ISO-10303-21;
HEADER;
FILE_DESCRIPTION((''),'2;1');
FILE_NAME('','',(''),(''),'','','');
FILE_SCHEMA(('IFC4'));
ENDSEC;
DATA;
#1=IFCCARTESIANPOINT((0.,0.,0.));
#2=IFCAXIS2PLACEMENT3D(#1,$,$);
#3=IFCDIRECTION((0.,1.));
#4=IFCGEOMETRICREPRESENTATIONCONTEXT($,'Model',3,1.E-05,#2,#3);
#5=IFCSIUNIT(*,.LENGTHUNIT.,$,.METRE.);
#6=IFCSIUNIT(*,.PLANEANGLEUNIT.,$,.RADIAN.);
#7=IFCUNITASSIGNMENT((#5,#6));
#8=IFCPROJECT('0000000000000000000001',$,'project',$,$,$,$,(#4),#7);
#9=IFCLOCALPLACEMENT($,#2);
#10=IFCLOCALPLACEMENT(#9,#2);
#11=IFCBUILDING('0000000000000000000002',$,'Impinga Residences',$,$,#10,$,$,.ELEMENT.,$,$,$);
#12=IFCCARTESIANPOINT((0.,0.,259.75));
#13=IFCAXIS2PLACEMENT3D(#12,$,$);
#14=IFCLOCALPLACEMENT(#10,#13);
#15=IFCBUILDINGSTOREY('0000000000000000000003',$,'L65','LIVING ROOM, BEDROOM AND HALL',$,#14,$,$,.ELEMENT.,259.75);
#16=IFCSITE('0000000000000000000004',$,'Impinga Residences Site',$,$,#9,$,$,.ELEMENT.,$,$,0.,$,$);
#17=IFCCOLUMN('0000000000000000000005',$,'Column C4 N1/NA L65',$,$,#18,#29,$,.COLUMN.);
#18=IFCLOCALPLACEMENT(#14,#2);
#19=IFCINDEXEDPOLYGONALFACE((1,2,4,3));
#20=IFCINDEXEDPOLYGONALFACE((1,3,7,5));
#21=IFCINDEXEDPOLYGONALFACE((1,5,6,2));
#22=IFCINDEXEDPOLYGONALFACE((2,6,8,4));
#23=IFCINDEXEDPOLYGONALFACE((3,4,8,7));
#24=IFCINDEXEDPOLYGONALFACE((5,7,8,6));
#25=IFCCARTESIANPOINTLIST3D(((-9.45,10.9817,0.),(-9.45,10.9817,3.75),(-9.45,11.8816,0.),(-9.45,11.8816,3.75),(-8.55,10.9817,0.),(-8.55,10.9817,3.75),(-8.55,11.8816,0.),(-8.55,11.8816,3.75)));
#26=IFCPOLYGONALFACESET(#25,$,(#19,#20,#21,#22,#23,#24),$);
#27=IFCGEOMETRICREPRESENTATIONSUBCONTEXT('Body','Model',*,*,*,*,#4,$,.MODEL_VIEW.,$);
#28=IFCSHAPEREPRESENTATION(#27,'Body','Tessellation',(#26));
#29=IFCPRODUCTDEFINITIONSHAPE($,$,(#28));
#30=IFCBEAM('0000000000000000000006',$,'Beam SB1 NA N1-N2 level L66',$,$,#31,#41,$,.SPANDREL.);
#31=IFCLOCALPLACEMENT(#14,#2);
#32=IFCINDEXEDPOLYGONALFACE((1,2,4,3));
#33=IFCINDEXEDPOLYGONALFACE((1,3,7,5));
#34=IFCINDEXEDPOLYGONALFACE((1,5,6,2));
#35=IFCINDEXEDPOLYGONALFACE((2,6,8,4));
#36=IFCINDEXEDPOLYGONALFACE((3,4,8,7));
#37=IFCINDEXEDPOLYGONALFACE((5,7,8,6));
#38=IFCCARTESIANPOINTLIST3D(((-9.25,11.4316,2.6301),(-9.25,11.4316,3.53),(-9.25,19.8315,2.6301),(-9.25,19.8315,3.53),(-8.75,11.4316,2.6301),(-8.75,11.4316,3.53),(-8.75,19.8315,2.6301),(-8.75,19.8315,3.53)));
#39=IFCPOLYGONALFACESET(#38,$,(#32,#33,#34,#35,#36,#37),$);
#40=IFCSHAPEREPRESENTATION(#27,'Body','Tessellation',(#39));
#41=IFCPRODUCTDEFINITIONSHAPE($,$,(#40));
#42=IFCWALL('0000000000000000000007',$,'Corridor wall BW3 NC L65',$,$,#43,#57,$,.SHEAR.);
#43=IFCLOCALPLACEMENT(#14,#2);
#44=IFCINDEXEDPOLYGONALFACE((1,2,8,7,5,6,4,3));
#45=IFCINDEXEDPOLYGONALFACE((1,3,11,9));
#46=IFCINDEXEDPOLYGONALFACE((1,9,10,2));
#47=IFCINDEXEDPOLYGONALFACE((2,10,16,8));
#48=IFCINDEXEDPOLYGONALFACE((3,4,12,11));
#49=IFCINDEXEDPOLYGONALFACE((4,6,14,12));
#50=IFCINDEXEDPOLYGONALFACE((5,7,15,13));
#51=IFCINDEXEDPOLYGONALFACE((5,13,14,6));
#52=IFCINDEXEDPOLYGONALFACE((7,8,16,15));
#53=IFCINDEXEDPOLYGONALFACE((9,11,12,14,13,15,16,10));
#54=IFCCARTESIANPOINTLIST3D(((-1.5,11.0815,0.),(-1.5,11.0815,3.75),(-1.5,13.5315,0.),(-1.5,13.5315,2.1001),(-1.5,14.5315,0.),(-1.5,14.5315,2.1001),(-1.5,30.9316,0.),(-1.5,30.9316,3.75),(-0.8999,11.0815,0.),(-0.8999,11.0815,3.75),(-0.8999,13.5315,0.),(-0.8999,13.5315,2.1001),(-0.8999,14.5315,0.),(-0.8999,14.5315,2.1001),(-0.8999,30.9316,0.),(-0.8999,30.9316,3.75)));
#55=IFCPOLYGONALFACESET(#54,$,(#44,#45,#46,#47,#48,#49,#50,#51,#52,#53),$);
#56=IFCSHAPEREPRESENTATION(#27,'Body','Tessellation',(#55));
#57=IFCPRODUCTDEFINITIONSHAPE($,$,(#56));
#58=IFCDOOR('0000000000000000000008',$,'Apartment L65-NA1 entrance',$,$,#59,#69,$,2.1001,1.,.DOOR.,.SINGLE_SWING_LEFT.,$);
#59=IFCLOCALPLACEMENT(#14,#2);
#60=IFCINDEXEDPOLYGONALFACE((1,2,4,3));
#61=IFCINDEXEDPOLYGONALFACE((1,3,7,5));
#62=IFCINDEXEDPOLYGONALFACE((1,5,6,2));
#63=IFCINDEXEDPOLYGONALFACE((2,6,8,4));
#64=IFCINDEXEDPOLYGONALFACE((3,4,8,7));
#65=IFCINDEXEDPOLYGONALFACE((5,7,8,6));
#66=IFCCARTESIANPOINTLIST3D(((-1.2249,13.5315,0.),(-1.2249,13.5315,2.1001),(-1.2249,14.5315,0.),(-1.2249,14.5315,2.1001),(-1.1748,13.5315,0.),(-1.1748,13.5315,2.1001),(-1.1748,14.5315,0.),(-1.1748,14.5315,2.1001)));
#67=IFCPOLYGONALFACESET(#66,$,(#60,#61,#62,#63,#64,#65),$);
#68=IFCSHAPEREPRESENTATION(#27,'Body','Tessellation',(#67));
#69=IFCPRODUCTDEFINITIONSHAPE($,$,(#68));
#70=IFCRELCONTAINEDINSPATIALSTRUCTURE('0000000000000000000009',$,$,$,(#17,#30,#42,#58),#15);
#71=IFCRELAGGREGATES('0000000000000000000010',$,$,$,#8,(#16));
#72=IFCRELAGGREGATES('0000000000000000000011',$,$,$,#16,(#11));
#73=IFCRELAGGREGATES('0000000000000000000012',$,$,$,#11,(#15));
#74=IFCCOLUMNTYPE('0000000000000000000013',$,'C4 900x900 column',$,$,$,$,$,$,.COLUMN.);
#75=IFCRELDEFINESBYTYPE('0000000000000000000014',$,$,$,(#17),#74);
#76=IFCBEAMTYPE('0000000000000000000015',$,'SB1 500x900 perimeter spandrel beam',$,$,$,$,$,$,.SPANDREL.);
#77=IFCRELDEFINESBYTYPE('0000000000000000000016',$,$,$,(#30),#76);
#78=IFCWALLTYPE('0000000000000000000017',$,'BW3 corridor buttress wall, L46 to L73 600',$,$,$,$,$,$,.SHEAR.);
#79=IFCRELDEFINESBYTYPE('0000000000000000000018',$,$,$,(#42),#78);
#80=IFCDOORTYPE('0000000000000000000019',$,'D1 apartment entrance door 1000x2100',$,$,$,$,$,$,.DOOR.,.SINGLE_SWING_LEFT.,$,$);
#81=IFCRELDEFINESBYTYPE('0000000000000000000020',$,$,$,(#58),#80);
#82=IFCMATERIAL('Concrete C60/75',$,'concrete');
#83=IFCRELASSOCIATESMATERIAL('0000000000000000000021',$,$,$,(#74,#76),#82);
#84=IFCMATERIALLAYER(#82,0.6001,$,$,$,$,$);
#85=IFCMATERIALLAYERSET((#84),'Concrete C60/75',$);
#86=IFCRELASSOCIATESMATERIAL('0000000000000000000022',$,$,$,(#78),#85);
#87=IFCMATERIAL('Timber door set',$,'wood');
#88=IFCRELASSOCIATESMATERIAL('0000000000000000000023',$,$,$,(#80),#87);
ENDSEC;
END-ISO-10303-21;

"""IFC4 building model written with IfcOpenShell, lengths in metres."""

from ifc_helpers import new_model, si_unit, direction, frame, frame_2d, origin, origin_2d, place, context, subcontext, project, spatial, rectangle, extrude, material, layer, layer_set, material_profile, profile_set, type_object, element, fill, save


model = new_model("IFC4")

# Units and contexts
model_context = context("Model", 3, precision=1e-05, world=origin(), true_north=direction((0.0, 1.0)))
body_context = subcontext(model_context, "Body", "Model", "MODEL_VIEW")
ifc_project = project(units=[si_unit("LENGTHUNIT", "METRE"), si_unit("PLANEANGLEUNIT", "RADIAN")], contexts=[model_context])

# Site, building, storey
site_placement = place(None, origin())
site = spatial("IfcSite", under=ifc_project, at=site_placement, Name="Impinga Residences Site", CompositionType="ELEMENT", RefElevation=0.0)
building_placement = place(site_placement, origin())
building = spatial("IfcBuilding", under=site, at=building_placement, Name="Impinga Residences", CompositionType="ELEMENT")
storey_placement = place(building_placement, frame((0.0, 0.0, 259.75)))
storey = spatial("IfcBuildingStorey", under=building, at=storey_placement, Name="L65", Description="LIVING ROOM, BEDROOM AND HALL", CompositionType="ELEMENT", Elevation=259.75)

# Column
ifc_material_1 = material(Name="Concrete C60/75", Category="concrete")
ifc_material_profile_1 = material_profile(ifc_material_1, rectangle(XDim=0.8999, YDim=0.8999, at=origin_2d()), Name="RC 900x900")
ifc_profile_set_1 = profile_set([ifc_material_profile_1], Name="Concrete C60/75")
column_type = type_object("IfcColumnType", Name="C4 900x900 column", PredefinedType="COLUMN", material=ifc_profile_set_1)
column_placement = place(storey_placement, frame((-9.0, 11.4316, 0.0), z_axis=(0.0, 0.0, 1.0), x_axis=(1.0, 0.0, 0.0)))
element("IfcColumn", 1, at=column_placement, inside=storey, type_object=column_type, Name="Column C4 N1/NA L65", PredefinedType="COLUMN", context=body_context, shape_type="SweptSolid", body=[
    extrude(rectangle(XDim=0.8999, YDim=0.8999, at=origin_2d()), origin(), (0.0, 0.0, 1.0), 3.75),
])

# Beam
ifc_material_profile_2 = material_profile(ifc_material_1, rectangle(XDim=0.5, YDim=0.8999, at=origin_2d()), Name="RC 500x900")
ifc_profile_set_2 = profile_set([ifc_material_profile_2], Name="Concrete C60/75")
beam_type = type_object("IfcBeamType", Name="SB1 500x900 perimeter spandrel beam", PredefinedType="SPANDREL", material=ifc_profile_set_2)
beam_placement = place(storey_placement, frame((-9.0, 11.4316, 3.0801), z_axis=(0.0, 1.0, 0.0), x_axis=(-1.0, 0.0, 0.0)))
element("IfcBeam", 2, at=beam_placement, inside=storey, type_object=beam_type, Name="Beam SB1 NA N1-N2 level L66", PredefinedType="SPANDREL", context=body_context, shape_type="SweptSolid", body=[
    extrude(rectangle(XDim=0.5, YDim=0.8999, at=origin_2d()), origin(), (0.0, 0.0, 1.0), 8.3999),
])

# Wall, opening, door
ifc_layer_1 = layer(ifc_material_1, 0.6001)
ifc_layer_set_1 = layer_set([ifc_layer_1], Name="Concrete C60/75")
wall_type_1 = type_object("IfcWallType", Name="BW3 corridor buttress wall, L46 to L73 600", PredefinedType="SHEAR", material=ifc_layer_set_1)
wall_1_placement = place(storey_placement, frame((-1.2, 11.0815, 0.0), z_axis=(0.0, 0.0, 1.0), x_axis=(0.0, 1.0, 0.0)))
wall_1 = element("IfcWall", 3, at=wall_1_placement, inside=storey, type_object=wall_type_1, Name="Corridor wall BW3 NC L65", PredefinedType="SHEAR", context=body_context, shape_type="SweptSolid", body=[
    extrude(rectangle(XDim=19.8501, YDim=0.6001, at=frame_2d((9.925, 0.0))), origin(), (0.0, 0.0, 1.0), 3.75),
])
opening_1_placement = place(wall_1_placement, frame((2.45, 0.0, 0.0)))
opening_1 = element("IfcOpeningElement", 4, at=opening_1_placement, cuts=wall_1, PredefinedType="OPENING", context=body_context, shape_type="SweptSolid", body=[
    extrude(rectangle(XDim=1.0, YDim=2.1001, at=frame_2d((0.5, 1.05))), frame((0.0, 0.3101, 0.0), z_axis=(0.0, -1.0, 0.0), x_axis=(1.0, 0.0, 0.0)), (0.0, 0.0, 1.0), 0.6201),
])
ifc_material_2 = material(Name="Timber door set", Category="wood")
door_type_1 = type_object("IfcDoorType", Name="D1 apartment entrance door 1000x2100", OperationType="SINGLE_SWING_LEFT", PredefinedType="DOOR", material=ifc_material_2)
door_1_placement = place(opening_1_placement, origin())
door_1 = element("IfcDoor", 5, at=door_1_placement, inside=storey, type_object=door_type_1, Name="Apartment L65-NA1 entrance", OperationType="SINGLE_SWING_LEFT", OverallHeight=2.1001, OverallWidth=1.0, PredefinedType="DOOR", context=body_context, shape_type="SweptSolid", body=[
    extrude(rectangle(XDim=1.0, YDim=2.1001, at=frame_2d((0.5, 1.05))), frame((0.0, 0.0249, 0.0), z_axis=(0.0, -1.0, 0.0), x_axis=(1.0, 0.0, 0.0)), (0.0, 0.0, 1.0), 0.05),
])
fill(opening_1, door_1)

save(model, "model.ifc")
